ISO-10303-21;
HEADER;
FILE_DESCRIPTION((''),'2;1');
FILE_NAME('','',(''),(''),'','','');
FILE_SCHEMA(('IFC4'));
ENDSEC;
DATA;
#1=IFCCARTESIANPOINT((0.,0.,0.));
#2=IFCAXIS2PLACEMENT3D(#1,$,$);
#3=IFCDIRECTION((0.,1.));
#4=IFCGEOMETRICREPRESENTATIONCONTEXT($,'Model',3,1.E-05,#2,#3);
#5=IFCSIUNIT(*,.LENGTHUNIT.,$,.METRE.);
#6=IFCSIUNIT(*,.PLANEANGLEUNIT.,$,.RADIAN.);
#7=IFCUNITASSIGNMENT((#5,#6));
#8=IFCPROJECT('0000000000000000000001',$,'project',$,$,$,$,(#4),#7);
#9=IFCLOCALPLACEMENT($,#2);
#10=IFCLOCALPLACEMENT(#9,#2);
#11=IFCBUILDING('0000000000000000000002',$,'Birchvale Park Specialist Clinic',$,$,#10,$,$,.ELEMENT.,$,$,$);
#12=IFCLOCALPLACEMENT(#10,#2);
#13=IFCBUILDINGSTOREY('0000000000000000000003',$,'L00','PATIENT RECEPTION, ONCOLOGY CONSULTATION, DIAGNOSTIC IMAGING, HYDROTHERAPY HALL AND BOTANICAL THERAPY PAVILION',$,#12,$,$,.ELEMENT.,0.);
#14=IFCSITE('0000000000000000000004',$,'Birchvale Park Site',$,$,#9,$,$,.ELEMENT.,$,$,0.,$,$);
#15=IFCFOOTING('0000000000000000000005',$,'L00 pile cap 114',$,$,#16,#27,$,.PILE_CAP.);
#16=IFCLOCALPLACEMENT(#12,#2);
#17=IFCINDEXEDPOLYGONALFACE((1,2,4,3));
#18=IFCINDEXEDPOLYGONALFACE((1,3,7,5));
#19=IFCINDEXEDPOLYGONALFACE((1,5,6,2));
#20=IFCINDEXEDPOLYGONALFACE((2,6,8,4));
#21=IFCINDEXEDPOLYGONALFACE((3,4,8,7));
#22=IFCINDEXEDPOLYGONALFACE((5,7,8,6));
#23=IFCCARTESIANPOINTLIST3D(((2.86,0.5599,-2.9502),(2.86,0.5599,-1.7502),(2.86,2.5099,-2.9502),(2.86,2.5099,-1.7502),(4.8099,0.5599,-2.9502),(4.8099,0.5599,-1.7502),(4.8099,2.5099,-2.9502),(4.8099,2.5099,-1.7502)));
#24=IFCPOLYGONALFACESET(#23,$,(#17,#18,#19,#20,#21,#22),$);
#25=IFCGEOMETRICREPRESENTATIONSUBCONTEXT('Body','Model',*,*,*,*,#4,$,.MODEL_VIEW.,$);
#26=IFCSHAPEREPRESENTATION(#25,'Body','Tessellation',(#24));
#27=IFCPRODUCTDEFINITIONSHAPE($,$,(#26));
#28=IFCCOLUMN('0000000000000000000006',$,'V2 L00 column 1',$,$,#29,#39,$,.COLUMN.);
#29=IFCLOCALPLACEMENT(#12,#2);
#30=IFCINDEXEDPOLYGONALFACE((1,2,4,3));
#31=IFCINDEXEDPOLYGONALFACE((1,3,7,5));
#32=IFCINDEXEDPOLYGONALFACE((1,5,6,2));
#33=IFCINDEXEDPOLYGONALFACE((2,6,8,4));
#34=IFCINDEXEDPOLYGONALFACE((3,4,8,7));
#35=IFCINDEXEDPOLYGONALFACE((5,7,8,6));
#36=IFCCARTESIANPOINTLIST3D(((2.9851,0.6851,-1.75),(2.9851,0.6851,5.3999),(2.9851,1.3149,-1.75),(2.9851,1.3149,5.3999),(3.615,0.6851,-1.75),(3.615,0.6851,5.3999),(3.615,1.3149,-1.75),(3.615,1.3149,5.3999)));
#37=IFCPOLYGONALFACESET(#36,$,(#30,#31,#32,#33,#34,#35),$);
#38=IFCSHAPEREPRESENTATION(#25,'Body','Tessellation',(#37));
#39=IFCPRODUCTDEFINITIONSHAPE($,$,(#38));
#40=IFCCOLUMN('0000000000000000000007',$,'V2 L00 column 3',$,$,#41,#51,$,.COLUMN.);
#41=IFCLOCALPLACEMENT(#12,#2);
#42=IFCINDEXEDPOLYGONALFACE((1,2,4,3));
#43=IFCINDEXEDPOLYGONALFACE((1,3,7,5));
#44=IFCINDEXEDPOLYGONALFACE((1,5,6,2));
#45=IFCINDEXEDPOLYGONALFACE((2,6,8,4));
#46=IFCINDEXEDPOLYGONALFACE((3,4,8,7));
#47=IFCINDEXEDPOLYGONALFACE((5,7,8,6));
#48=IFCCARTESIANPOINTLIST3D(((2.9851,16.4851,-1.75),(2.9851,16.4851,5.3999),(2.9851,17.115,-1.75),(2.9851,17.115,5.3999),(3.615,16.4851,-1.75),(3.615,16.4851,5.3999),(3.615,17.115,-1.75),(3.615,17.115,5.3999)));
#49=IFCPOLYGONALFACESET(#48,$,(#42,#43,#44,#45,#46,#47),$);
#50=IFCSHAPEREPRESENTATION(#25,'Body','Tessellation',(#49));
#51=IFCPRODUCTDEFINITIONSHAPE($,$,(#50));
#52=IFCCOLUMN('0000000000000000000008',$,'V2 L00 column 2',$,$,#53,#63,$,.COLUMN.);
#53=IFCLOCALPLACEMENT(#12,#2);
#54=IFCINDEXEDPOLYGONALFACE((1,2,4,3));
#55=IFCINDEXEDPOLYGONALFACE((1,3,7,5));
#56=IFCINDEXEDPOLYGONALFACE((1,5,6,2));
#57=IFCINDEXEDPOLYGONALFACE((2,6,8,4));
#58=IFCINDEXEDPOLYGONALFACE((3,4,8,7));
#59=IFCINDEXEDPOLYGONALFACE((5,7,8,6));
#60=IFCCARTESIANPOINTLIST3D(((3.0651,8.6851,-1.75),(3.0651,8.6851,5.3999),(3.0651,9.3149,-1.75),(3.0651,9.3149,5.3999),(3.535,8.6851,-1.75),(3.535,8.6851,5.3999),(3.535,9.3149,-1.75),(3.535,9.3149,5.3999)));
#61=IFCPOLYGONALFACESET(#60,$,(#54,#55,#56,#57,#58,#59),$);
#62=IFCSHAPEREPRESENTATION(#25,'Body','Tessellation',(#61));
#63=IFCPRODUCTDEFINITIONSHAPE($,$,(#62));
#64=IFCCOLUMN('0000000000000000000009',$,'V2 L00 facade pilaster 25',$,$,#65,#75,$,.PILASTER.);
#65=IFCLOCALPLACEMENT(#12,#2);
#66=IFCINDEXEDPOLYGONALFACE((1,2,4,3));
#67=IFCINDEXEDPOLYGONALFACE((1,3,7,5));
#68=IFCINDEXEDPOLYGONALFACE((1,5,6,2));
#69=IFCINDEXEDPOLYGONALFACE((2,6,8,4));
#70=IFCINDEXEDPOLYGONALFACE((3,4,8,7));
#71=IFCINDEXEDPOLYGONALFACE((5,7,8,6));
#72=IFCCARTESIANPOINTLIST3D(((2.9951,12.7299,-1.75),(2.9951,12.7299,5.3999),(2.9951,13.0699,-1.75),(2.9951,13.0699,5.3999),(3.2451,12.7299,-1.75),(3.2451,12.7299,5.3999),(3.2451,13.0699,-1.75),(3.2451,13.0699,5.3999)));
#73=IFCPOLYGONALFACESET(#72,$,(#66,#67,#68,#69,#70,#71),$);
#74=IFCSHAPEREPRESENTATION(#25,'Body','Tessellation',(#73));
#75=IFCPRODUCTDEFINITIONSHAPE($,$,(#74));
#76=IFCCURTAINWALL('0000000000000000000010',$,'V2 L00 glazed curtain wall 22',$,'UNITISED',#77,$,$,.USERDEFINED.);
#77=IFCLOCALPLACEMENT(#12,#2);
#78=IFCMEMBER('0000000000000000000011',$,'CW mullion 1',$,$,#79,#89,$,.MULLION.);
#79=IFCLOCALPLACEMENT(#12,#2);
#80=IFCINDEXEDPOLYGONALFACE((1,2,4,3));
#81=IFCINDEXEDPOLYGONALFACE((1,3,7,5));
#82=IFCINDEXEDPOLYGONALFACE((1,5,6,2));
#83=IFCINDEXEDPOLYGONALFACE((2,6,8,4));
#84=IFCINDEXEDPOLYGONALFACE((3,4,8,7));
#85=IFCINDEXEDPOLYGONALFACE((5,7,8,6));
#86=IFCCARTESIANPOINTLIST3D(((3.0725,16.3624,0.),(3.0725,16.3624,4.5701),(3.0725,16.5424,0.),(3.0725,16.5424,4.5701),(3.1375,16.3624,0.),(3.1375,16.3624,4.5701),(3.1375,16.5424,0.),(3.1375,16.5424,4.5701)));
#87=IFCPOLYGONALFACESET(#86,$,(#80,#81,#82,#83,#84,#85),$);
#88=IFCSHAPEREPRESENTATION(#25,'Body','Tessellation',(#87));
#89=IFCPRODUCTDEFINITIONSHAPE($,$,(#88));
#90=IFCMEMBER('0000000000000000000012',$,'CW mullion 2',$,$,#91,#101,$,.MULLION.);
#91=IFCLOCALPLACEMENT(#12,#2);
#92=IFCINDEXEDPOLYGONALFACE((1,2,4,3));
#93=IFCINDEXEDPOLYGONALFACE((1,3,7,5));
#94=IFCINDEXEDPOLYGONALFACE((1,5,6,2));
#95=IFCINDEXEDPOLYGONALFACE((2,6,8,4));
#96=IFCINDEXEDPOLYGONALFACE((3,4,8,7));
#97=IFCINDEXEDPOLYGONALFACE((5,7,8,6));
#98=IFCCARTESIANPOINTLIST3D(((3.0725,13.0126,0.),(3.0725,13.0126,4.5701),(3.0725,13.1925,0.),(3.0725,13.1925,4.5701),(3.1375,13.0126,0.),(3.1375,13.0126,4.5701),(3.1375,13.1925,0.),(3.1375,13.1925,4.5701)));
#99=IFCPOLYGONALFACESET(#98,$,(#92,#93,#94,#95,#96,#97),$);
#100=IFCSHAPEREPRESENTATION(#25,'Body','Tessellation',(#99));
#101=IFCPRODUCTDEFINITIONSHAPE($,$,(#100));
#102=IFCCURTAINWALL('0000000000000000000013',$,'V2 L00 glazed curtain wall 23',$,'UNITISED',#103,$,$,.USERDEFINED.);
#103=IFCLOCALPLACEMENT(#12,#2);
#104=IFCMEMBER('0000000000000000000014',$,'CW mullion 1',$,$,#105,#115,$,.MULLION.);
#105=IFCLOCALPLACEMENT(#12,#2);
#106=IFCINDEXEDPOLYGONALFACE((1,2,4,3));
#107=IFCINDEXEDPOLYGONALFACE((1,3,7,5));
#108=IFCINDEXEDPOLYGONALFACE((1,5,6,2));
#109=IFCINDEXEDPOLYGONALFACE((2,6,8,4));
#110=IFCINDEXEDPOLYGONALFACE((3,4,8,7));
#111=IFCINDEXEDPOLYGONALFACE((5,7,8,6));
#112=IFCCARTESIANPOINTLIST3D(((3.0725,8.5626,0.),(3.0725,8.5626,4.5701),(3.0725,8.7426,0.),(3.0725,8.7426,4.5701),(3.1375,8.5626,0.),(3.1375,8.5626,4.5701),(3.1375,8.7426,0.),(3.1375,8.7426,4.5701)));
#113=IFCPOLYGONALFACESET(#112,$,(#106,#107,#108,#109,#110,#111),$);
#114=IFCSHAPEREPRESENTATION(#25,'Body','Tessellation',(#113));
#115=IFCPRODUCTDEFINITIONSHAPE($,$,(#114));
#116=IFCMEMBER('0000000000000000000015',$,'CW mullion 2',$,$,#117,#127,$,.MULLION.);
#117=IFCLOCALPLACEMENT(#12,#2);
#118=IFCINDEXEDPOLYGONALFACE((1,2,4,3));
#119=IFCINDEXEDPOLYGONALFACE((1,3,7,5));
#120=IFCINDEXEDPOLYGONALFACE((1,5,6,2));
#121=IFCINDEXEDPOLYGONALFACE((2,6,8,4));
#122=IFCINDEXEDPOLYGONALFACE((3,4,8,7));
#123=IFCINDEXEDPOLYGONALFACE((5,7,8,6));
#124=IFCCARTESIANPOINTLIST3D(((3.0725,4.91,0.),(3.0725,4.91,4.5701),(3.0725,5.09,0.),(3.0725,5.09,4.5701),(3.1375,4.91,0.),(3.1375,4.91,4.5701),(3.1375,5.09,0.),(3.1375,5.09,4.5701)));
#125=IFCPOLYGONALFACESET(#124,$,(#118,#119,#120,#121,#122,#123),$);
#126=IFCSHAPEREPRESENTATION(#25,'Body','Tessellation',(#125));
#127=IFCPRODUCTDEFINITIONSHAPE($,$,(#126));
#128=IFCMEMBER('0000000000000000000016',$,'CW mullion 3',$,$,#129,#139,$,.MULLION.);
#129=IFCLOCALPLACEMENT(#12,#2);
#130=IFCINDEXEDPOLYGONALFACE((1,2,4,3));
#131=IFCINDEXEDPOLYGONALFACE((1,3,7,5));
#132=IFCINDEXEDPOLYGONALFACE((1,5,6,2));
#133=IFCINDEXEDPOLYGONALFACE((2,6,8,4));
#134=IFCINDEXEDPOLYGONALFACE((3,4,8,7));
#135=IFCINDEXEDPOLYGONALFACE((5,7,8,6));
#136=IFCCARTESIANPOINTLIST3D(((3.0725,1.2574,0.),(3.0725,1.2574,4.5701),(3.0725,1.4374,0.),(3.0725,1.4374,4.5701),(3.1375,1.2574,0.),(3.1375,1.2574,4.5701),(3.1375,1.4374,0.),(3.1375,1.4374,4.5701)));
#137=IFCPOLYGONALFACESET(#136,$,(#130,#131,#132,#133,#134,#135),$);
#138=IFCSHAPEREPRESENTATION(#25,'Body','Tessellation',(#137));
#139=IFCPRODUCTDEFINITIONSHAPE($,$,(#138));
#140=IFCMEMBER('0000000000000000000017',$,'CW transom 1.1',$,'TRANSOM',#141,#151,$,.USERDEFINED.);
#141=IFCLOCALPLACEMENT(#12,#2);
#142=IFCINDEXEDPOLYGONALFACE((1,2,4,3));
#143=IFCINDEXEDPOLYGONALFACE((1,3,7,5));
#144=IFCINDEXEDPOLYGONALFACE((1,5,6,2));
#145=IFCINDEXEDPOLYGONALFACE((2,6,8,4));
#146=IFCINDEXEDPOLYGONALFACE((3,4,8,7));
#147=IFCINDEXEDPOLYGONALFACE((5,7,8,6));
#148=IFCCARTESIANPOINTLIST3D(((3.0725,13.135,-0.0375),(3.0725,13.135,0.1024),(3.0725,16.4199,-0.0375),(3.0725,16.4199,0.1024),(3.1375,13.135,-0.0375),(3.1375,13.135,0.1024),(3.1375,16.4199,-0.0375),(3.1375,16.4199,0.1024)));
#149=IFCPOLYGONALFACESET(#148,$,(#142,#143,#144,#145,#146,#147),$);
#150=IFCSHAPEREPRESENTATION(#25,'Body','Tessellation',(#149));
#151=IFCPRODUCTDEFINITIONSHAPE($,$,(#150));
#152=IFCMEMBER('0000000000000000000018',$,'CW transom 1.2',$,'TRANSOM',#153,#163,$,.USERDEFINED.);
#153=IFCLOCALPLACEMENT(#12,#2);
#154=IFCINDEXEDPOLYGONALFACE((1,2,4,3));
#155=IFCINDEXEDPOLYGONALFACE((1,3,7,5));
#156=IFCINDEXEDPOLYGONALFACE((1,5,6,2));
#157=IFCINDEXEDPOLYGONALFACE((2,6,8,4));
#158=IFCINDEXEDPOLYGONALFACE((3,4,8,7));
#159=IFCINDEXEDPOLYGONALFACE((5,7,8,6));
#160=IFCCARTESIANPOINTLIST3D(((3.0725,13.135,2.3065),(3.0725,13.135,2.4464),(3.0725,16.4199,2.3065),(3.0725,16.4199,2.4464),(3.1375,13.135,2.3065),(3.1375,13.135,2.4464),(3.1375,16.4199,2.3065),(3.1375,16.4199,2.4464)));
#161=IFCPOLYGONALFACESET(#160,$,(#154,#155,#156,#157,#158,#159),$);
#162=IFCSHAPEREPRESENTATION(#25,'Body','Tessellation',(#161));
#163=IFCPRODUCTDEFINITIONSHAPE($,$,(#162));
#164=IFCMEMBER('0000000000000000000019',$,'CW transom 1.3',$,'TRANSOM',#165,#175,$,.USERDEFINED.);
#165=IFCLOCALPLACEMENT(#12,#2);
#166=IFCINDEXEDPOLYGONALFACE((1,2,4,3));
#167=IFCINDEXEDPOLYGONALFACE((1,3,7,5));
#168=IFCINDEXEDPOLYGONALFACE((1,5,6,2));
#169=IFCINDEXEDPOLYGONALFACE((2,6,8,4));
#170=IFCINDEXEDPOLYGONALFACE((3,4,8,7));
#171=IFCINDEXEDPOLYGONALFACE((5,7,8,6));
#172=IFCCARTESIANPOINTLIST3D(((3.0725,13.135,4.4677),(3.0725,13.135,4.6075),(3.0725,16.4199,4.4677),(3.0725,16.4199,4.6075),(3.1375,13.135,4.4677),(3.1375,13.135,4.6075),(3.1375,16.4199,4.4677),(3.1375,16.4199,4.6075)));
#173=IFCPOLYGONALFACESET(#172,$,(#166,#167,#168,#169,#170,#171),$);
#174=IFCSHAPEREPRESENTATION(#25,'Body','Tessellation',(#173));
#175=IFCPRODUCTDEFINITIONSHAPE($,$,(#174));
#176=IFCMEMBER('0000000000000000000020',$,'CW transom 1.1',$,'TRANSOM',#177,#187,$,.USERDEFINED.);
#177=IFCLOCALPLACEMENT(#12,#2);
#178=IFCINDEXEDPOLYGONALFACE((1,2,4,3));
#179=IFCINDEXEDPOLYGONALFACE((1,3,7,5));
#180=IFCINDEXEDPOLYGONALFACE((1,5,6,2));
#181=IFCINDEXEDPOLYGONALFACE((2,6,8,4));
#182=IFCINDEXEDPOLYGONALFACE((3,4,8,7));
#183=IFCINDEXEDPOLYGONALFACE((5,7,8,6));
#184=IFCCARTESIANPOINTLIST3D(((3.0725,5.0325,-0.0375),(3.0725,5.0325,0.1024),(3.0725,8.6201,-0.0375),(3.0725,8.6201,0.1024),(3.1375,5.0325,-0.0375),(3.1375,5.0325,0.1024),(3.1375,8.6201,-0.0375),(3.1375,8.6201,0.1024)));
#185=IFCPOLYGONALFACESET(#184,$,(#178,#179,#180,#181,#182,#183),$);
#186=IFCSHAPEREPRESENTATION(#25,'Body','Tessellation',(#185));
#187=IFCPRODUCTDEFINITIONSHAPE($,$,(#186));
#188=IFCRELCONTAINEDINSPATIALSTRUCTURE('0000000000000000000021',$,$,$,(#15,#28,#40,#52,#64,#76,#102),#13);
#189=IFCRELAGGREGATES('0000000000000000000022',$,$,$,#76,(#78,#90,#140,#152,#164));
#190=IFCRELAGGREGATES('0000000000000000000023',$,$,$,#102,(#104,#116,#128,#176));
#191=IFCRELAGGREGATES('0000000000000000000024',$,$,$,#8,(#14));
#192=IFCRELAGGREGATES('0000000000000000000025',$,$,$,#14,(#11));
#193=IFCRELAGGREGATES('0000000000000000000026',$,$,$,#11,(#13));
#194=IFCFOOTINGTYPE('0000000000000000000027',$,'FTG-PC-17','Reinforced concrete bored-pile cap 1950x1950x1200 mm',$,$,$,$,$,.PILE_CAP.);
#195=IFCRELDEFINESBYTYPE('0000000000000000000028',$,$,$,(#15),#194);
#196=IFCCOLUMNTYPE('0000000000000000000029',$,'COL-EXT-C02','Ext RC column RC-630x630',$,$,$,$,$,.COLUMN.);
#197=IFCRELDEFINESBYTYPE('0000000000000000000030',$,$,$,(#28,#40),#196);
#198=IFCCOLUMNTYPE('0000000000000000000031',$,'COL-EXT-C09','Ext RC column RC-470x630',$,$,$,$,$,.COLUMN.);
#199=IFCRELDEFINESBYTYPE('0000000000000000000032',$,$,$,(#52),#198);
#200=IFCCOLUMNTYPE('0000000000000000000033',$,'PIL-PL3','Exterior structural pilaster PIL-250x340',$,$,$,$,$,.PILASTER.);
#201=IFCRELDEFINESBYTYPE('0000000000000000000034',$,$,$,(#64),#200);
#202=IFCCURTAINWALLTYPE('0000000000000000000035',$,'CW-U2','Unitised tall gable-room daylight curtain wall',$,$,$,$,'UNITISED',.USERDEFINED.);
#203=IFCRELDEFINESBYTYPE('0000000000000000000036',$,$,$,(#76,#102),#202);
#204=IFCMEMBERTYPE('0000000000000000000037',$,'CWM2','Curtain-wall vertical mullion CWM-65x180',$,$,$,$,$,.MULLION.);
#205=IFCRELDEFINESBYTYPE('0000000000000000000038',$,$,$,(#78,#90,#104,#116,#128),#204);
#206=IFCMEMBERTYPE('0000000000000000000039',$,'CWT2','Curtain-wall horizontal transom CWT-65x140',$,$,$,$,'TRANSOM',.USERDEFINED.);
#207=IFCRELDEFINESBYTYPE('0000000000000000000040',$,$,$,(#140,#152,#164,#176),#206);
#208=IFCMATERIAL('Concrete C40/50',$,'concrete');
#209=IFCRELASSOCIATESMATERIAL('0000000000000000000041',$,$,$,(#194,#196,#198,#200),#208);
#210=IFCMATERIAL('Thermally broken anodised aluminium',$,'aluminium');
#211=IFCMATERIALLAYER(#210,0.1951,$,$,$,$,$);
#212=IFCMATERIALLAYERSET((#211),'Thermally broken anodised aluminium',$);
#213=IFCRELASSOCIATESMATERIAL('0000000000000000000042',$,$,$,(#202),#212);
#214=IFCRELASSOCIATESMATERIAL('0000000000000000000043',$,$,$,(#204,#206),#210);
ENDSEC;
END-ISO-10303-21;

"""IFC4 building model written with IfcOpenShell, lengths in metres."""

from ifc_helpers import new_model, si_unit, direction, frame, origin, origin_2d, place, context, subcontext, project, spatial, rectangle, extrude, material, layer, layer_set, material_profile, profile_set, type_object, element, aggregate, save


model = new_model("IFC4")

# Units and contexts
model_context = context("Model", 3, precision=1e-05, world=origin(), true_north=direction((0.0, 1.0)))
body_context = subcontext(model_context, "Body", "Model", "MODEL_VIEW")
ifc_project = project(units=[si_unit("LENGTHUNIT", "METRE"), si_unit("PLANEANGLEUNIT", "RADIAN")], contexts=[model_context])

# Site, building, storey
site_placement = place(None, origin())
site = spatial("IfcSite", under=ifc_project, at=site_placement, Name="Birchvale Park Site", CompositionType="ELEMENT", RefElevation=0.0)
building_placement = place(site_placement, origin())
building = spatial("IfcBuilding", under=site, at=building_placement, Name="Birchvale Park Specialist Clinic", CompositionType="ELEMENT")
storey_placement = place(building_placement, origin())
storey = spatial("IfcBuildingStorey", under=building, at=storey_placement, Name="L00", Description="PATIENT RECEPTION, ONCOLOGY CONSULTATION, DIAGNOSTIC IMAGING, HYDROTHERAPY HALL AND BOTANICAL THERAPY PAVILION", CompositionType="ELEMENT", Elevation=0.0)

# Footing
ifc_material_1 = material(Name="Concrete C40/50", Category="concrete")
footing_type = type_object("IfcFootingType", Name="FTG-PC-17", Description="Reinforced concrete bored-pile cap 1950x1950x1200 mm", PredefinedType="PILE_CAP", material=ifc_material_1)
footing_placement = place(storey_placement, frame((3.835, 1.5349, -2.9502), z_axis=(0.0, 0.0, 1.0), x_axis=(1.0, 0.0, 0.0)))
element("IfcFooting", 1, at=footing_placement, inside=storey, type_object=footing_type, Name="L00 pile cap 114", PredefinedType="PILE_CAP", context=body_context, shape_type="SweptSolid", body=[
    extrude(rectangle(XDim=1.95, YDim=1.95, at=origin_2d()), origin(), (0.0, 0.0, 1.0), 1.2),
])

# Columns
ifc_material_profile_1 = material_profile(ifc_material_1, rectangle(XDim=0.6299, YDim=0.6299, at=origin_2d()), Name="RC-630x630")
ifc_profile_set_1 = profile_set([ifc_material_profile_1], Name="Concrete C40/50")
column_type_1 = type_object("IfcColumnType", Name="COL-EXT-C02", Description="Ext RC column RC-630x630", PredefinedType="COLUMN", material=ifc_profile_set_1)
for number, where, z_axis, x_axis, name in (
    (2, (3.3, 1.0, -1.75), (0.0, 0.0, 1.0), (1.0, 0.0, 0.0), "V2 L00 column 1"),
    (3, (3.3, 16.8, -1.75), (0.0, 0.0, 1.0), (1.0, 0.0, 0.0), "V2 L00 column 3"),
):
    element("IfcColumn", number, at=place(storey_placement, frame(where, z_axis=z_axis, x_axis=x_axis)), inside=storey, type_object=column_type_1, Name=name, PredefinedType="COLUMN", context=body_context, shape_type="SweptSolid", body=[
        extrude(rectangle(XDim=0.6299, YDim=0.6299, at=origin_2d()), origin(), (0.0, 0.0, 1.0), 7.1499),
    ])
ifc_material_profile_2 = material_profile(ifc_material_1, rectangle(XDim=0.47, YDim=0.6299, at=origin_2d()), Name="RC-470x630")
ifc_profile_set_2 = profile_set([ifc_material_profile_2], Name="Concrete C40/50")
column_type_2 = type_object("IfcColumnType", Name="COL-EXT-C09", Description="Ext RC column RC-470x630", PredefinedType="COLUMN", material=ifc_profile_set_2)
column_1_placement = place(storey_placement, frame((3.3, 9.0, -1.75), z_axis=(0.0, 0.0, 1.0), x_axis=(1.0, 0.0, 0.0)))
element("IfcColumn", 4, at=column_1_placement, inside=storey, type_object=column_type_2, Name="V2 L00 column 2", PredefinedType="COLUMN", context=body_context, shape_type="SweptSolid", body=[
    extrude(rectangle(XDim=0.47, YDim=0.6299, at=origin_2d()), origin(), (0.0, 0.0, 1.0), 7.1499),
])
ifc_material_profile_3 = material_profile(ifc_material_1, rectangle(XDim=0.25, YDim=0.3401, at=origin_2d()), Name="PIL-250x340")
ifc_profile_set_3 = profile_set([ifc_material_profile_3], Name="Concrete C40/50")
column_type_3 = type_object("IfcColumnType", Name="PIL-PL3", Description="Exterior structural pilaster PIL-250x340", PredefinedType="PILASTER", material=ifc_profile_set_3)
column_2_placement = place(storey_placement, frame((3.1201, 12.8999, -1.75), z_axis=(0.0, 0.0, 1.0), x_axis=(1.0, 0.0, 0.0)))
element("IfcColumn", 5, at=column_2_placement, inside=storey, type_object=column_type_3, Name="V2 L00 facade pilaster 25", PredefinedType="PILASTER", context=body_context, shape_type="SweptSolid", body=[
    extrude(rectangle(XDim=0.25, YDim=0.3401, at=origin_2d()), origin(), (0.0, 0.0, 1.0), 7.1499),
])

# Curtain walls, members
ifc_material_2 = material(Name="Thermally broken anodised aluminium", Category="aluminium")
ifc_layer_1 = layer(ifc_material_2, 0.1951)
ifc_layer_set_1 = layer_set([ifc_layer_1], Name="Thermally broken anodised aluminium")
curtain_wall_type = type_object("IfcCurtainWallType", Name="CW-U2", Description="Unitised tall gable-room daylight curtain wall", ElementType="UNITISED", PredefinedType="USERDEFINED", material=ifc_layer_set_1)
curtain_wall_1_placement = place(storey_placement, origin())
curtain_wall_1 = element("IfcCurtainWall", 6, at=curtain_wall_1_placement, inside=storey, type_object=curtain_wall_type, Name="V2 L00 glazed curtain wall 22", ObjectType="UNITISED", PredefinedType="USERDEFINED")
ifc_material_profile_4 = material_profile(ifc_material_2, rectangle(XDim=0.0649, YDim=0.1799, at=origin_2d()), Name="CWM-65x180")
ifc_profile_set_4 = profile_set([ifc_material_profile_4], Name="Thermally broken anodised aluminium")
member_type_1 = type_object("IfcMemberType", Name="CWM2", Description="Curtain-wall vertical mullion CWM-65x180", PredefinedType="MULLION", material=ifc_profile_set_4)
member_1_placement = place(storey_placement, frame((3.105, 16.4524, 0.0), z_axis=(0.0, 0.0, 1.0), x_axis=(1.0, 0.0, 0.0)))
member_1 = element("IfcMember", 7, at=member_1_placement, type_object=member_type_1, Name="CW mullion 1", PredefinedType="MULLION", context=body_context, shape_type="SweptSolid", body=[
    extrude(rectangle(XDim=0.0649, YDim=0.1799, at=origin_2d()), origin(), (0.0, 0.0, 1.0), 4.5701),
])
member_2_placement = place(storey_placement, frame((3.105, 13.1025, 0.0), z_axis=(0.0, 0.0, 1.0), x_axis=(1.0, 0.0, 0.0)))
member_2 = element("IfcMember", 8, at=member_2_placement, type_object=member_type_1, Name="CW mullion 2", PredefinedType="MULLION", context=body_context, shape_type="SweptSolid", body=[
    extrude(rectangle(XDim=0.0649, YDim=0.1799, at=origin_2d()), origin(), (0.0, 0.0, 1.0), 4.5701),
])
curtain_wall_2_placement = place(storey_placement, origin())
curtain_wall_2 = element("IfcCurtainWall", 9, at=curtain_wall_2_placement, inside=storey, type_object=curtain_wall_type, Name="V2 L00 glazed curtain wall 23", ObjectType="UNITISED", PredefinedType="USERDEFINED")
member_3_placement = place(storey_placement, frame((3.105, 8.6526, 0.0), z_axis=(0.0, 0.0, 1.0), x_axis=(1.0, 0.0, 0.0)))
member_3 = element("IfcMember", 10, at=member_3_placement, type_object=member_type_1, Name="CW mullion 1", PredefinedType="MULLION", context=body_context, shape_type="SweptSolid", body=[
    extrude(rectangle(XDim=0.0649, YDim=0.1799, at=origin_2d()), origin(), (0.0, 0.0, 1.0), 4.5701),
])
member_4_placement = place(storey_placement, frame((3.105, 5.0, 0.0), z_axis=(0.0, 0.0, 1.0), x_axis=(1.0, 0.0, 0.0)))
member_4 = element("IfcMember", 11, at=member_4_placement, type_object=member_type_1, Name="CW mullion 2", PredefinedType="MULLION", context=body_context, shape_type="SweptSolid", body=[
    extrude(rectangle(XDim=0.0649, YDim=0.1799, at=origin_2d()), origin(), (0.0, 0.0, 1.0), 4.5701),
])
member_5_placement = place(storey_placement, frame((3.105, 1.3474, 0.0), z_axis=(0.0, 0.0, 1.0), x_axis=(1.0, 0.0, 0.0)))
member_5 = element("IfcMember", 12, at=member_5_placement, type_object=member_type_1, Name="CW mullion 3", PredefinedType="MULLION", context=body_context, shape_type="SweptSolid", body=[
    extrude(rectangle(XDim=0.0649, YDim=0.1799, at=origin_2d()), origin(), (0.0, 0.0, 1.0), 4.5701),
])

# Members
ifc_material_profile_5 = material_profile(ifc_material_2, rectangle(XDim=0.0649, YDim=0.1399, at=origin_2d()), Name="CWT-65x140")
ifc_profile_set_5 = profile_set([ifc_material_profile_5], Name="Thermally broken anodised aluminium")
member_type_2 = type_object("IfcMemberType", Name="CWT2", Description="Curtain-wall horizontal transom CWT-65x140", ElementType="TRANSOM", PredefinedType="USERDEFINED", material=ifc_profile_set_5)
member_6_placement = place(storey_placement, frame((3.105, 16.4199, 0.0325), z_axis=(0.0, -1.0, 0.0), x_axis=(1.0, 0.0, 0.0)))
member_6 = element("IfcMember", 13, at=member_6_placement, type_object=member_type_2, Name="CW transom 1.1", ObjectType="TRANSOM", PredefinedType="USERDEFINED", context=body_context, shape_type="SweptSolid", body=[
    extrude(rectangle(XDim=0.0649, YDim=0.1399, at=origin_2d()), origin(), (0.0, 0.0, 1.0), 3.2849),
])
member_7_placement = place(storey_placement, frame((3.105, 16.4199, 2.3765), z_axis=(0.0, -1.0, 0.0), x_axis=(1.0, 0.0, 0.0)))
member_7 = element("IfcMember", 14, at=member_7_placement, type_object=member_type_2, Name="CW transom 1.2", ObjectType="TRANSOM", PredefinedType="USERDEFINED", context=body_context, shape_type="SweptSolid", body=[
    extrude(rectangle(XDim=0.0649, YDim=0.1399, at=origin_2d()), origin(), (0.0, 0.0, 1.0), 3.2849),
])
member_8_placement = place(storey_placement, frame((3.105, 16.4199, 4.5376), z_axis=(0.0, -1.0, 0.0), x_axis=(1.0, 0.0, 0.0)))
member_8 = element("IfcMember", 15, at=member_8_placement, type_object=member_type_2, Name="CW transom 1.3", ObjectType="TRANSOM", PredefinedType="USERDEFINED", context=body_context, shape_type="SweptSolid", body=[
    extrude(rectangle(XDim=0.0649, YDim=0.1399, at=origin_2d()), origin(), (0.0, 0.0, 1.0), 3.2849),
])
member_9_placement = place(storey_placement, frame((3.105, 8.6201, 0.0325), z_axis=(0.0, -1.0, 0.0), x_axis=(1.0, 0.0, 0.0)))
member_9 = element("IfcMember", 16, at=member_9_placement, type_object=member_type_2, Name="CW transom 1.1", ObjectType="TRANSOM", PredefinedType="USERDEFINED", context=body_context, shape_type="SweptSolid", body=[
    extrude(rectangle(XDim=0.0649, YDim=0.1399, at=origin_2d()), origin(), (0.0, 0.0, 1.0), 3.5876),
])

aggregate(curtain_wall_1, [member_1, member_2, member_6, member_7, member_8])
aggregate(curtain_wall_2, [member_3, member_4, member_5, member_9])

save(model, "model.ifc")
